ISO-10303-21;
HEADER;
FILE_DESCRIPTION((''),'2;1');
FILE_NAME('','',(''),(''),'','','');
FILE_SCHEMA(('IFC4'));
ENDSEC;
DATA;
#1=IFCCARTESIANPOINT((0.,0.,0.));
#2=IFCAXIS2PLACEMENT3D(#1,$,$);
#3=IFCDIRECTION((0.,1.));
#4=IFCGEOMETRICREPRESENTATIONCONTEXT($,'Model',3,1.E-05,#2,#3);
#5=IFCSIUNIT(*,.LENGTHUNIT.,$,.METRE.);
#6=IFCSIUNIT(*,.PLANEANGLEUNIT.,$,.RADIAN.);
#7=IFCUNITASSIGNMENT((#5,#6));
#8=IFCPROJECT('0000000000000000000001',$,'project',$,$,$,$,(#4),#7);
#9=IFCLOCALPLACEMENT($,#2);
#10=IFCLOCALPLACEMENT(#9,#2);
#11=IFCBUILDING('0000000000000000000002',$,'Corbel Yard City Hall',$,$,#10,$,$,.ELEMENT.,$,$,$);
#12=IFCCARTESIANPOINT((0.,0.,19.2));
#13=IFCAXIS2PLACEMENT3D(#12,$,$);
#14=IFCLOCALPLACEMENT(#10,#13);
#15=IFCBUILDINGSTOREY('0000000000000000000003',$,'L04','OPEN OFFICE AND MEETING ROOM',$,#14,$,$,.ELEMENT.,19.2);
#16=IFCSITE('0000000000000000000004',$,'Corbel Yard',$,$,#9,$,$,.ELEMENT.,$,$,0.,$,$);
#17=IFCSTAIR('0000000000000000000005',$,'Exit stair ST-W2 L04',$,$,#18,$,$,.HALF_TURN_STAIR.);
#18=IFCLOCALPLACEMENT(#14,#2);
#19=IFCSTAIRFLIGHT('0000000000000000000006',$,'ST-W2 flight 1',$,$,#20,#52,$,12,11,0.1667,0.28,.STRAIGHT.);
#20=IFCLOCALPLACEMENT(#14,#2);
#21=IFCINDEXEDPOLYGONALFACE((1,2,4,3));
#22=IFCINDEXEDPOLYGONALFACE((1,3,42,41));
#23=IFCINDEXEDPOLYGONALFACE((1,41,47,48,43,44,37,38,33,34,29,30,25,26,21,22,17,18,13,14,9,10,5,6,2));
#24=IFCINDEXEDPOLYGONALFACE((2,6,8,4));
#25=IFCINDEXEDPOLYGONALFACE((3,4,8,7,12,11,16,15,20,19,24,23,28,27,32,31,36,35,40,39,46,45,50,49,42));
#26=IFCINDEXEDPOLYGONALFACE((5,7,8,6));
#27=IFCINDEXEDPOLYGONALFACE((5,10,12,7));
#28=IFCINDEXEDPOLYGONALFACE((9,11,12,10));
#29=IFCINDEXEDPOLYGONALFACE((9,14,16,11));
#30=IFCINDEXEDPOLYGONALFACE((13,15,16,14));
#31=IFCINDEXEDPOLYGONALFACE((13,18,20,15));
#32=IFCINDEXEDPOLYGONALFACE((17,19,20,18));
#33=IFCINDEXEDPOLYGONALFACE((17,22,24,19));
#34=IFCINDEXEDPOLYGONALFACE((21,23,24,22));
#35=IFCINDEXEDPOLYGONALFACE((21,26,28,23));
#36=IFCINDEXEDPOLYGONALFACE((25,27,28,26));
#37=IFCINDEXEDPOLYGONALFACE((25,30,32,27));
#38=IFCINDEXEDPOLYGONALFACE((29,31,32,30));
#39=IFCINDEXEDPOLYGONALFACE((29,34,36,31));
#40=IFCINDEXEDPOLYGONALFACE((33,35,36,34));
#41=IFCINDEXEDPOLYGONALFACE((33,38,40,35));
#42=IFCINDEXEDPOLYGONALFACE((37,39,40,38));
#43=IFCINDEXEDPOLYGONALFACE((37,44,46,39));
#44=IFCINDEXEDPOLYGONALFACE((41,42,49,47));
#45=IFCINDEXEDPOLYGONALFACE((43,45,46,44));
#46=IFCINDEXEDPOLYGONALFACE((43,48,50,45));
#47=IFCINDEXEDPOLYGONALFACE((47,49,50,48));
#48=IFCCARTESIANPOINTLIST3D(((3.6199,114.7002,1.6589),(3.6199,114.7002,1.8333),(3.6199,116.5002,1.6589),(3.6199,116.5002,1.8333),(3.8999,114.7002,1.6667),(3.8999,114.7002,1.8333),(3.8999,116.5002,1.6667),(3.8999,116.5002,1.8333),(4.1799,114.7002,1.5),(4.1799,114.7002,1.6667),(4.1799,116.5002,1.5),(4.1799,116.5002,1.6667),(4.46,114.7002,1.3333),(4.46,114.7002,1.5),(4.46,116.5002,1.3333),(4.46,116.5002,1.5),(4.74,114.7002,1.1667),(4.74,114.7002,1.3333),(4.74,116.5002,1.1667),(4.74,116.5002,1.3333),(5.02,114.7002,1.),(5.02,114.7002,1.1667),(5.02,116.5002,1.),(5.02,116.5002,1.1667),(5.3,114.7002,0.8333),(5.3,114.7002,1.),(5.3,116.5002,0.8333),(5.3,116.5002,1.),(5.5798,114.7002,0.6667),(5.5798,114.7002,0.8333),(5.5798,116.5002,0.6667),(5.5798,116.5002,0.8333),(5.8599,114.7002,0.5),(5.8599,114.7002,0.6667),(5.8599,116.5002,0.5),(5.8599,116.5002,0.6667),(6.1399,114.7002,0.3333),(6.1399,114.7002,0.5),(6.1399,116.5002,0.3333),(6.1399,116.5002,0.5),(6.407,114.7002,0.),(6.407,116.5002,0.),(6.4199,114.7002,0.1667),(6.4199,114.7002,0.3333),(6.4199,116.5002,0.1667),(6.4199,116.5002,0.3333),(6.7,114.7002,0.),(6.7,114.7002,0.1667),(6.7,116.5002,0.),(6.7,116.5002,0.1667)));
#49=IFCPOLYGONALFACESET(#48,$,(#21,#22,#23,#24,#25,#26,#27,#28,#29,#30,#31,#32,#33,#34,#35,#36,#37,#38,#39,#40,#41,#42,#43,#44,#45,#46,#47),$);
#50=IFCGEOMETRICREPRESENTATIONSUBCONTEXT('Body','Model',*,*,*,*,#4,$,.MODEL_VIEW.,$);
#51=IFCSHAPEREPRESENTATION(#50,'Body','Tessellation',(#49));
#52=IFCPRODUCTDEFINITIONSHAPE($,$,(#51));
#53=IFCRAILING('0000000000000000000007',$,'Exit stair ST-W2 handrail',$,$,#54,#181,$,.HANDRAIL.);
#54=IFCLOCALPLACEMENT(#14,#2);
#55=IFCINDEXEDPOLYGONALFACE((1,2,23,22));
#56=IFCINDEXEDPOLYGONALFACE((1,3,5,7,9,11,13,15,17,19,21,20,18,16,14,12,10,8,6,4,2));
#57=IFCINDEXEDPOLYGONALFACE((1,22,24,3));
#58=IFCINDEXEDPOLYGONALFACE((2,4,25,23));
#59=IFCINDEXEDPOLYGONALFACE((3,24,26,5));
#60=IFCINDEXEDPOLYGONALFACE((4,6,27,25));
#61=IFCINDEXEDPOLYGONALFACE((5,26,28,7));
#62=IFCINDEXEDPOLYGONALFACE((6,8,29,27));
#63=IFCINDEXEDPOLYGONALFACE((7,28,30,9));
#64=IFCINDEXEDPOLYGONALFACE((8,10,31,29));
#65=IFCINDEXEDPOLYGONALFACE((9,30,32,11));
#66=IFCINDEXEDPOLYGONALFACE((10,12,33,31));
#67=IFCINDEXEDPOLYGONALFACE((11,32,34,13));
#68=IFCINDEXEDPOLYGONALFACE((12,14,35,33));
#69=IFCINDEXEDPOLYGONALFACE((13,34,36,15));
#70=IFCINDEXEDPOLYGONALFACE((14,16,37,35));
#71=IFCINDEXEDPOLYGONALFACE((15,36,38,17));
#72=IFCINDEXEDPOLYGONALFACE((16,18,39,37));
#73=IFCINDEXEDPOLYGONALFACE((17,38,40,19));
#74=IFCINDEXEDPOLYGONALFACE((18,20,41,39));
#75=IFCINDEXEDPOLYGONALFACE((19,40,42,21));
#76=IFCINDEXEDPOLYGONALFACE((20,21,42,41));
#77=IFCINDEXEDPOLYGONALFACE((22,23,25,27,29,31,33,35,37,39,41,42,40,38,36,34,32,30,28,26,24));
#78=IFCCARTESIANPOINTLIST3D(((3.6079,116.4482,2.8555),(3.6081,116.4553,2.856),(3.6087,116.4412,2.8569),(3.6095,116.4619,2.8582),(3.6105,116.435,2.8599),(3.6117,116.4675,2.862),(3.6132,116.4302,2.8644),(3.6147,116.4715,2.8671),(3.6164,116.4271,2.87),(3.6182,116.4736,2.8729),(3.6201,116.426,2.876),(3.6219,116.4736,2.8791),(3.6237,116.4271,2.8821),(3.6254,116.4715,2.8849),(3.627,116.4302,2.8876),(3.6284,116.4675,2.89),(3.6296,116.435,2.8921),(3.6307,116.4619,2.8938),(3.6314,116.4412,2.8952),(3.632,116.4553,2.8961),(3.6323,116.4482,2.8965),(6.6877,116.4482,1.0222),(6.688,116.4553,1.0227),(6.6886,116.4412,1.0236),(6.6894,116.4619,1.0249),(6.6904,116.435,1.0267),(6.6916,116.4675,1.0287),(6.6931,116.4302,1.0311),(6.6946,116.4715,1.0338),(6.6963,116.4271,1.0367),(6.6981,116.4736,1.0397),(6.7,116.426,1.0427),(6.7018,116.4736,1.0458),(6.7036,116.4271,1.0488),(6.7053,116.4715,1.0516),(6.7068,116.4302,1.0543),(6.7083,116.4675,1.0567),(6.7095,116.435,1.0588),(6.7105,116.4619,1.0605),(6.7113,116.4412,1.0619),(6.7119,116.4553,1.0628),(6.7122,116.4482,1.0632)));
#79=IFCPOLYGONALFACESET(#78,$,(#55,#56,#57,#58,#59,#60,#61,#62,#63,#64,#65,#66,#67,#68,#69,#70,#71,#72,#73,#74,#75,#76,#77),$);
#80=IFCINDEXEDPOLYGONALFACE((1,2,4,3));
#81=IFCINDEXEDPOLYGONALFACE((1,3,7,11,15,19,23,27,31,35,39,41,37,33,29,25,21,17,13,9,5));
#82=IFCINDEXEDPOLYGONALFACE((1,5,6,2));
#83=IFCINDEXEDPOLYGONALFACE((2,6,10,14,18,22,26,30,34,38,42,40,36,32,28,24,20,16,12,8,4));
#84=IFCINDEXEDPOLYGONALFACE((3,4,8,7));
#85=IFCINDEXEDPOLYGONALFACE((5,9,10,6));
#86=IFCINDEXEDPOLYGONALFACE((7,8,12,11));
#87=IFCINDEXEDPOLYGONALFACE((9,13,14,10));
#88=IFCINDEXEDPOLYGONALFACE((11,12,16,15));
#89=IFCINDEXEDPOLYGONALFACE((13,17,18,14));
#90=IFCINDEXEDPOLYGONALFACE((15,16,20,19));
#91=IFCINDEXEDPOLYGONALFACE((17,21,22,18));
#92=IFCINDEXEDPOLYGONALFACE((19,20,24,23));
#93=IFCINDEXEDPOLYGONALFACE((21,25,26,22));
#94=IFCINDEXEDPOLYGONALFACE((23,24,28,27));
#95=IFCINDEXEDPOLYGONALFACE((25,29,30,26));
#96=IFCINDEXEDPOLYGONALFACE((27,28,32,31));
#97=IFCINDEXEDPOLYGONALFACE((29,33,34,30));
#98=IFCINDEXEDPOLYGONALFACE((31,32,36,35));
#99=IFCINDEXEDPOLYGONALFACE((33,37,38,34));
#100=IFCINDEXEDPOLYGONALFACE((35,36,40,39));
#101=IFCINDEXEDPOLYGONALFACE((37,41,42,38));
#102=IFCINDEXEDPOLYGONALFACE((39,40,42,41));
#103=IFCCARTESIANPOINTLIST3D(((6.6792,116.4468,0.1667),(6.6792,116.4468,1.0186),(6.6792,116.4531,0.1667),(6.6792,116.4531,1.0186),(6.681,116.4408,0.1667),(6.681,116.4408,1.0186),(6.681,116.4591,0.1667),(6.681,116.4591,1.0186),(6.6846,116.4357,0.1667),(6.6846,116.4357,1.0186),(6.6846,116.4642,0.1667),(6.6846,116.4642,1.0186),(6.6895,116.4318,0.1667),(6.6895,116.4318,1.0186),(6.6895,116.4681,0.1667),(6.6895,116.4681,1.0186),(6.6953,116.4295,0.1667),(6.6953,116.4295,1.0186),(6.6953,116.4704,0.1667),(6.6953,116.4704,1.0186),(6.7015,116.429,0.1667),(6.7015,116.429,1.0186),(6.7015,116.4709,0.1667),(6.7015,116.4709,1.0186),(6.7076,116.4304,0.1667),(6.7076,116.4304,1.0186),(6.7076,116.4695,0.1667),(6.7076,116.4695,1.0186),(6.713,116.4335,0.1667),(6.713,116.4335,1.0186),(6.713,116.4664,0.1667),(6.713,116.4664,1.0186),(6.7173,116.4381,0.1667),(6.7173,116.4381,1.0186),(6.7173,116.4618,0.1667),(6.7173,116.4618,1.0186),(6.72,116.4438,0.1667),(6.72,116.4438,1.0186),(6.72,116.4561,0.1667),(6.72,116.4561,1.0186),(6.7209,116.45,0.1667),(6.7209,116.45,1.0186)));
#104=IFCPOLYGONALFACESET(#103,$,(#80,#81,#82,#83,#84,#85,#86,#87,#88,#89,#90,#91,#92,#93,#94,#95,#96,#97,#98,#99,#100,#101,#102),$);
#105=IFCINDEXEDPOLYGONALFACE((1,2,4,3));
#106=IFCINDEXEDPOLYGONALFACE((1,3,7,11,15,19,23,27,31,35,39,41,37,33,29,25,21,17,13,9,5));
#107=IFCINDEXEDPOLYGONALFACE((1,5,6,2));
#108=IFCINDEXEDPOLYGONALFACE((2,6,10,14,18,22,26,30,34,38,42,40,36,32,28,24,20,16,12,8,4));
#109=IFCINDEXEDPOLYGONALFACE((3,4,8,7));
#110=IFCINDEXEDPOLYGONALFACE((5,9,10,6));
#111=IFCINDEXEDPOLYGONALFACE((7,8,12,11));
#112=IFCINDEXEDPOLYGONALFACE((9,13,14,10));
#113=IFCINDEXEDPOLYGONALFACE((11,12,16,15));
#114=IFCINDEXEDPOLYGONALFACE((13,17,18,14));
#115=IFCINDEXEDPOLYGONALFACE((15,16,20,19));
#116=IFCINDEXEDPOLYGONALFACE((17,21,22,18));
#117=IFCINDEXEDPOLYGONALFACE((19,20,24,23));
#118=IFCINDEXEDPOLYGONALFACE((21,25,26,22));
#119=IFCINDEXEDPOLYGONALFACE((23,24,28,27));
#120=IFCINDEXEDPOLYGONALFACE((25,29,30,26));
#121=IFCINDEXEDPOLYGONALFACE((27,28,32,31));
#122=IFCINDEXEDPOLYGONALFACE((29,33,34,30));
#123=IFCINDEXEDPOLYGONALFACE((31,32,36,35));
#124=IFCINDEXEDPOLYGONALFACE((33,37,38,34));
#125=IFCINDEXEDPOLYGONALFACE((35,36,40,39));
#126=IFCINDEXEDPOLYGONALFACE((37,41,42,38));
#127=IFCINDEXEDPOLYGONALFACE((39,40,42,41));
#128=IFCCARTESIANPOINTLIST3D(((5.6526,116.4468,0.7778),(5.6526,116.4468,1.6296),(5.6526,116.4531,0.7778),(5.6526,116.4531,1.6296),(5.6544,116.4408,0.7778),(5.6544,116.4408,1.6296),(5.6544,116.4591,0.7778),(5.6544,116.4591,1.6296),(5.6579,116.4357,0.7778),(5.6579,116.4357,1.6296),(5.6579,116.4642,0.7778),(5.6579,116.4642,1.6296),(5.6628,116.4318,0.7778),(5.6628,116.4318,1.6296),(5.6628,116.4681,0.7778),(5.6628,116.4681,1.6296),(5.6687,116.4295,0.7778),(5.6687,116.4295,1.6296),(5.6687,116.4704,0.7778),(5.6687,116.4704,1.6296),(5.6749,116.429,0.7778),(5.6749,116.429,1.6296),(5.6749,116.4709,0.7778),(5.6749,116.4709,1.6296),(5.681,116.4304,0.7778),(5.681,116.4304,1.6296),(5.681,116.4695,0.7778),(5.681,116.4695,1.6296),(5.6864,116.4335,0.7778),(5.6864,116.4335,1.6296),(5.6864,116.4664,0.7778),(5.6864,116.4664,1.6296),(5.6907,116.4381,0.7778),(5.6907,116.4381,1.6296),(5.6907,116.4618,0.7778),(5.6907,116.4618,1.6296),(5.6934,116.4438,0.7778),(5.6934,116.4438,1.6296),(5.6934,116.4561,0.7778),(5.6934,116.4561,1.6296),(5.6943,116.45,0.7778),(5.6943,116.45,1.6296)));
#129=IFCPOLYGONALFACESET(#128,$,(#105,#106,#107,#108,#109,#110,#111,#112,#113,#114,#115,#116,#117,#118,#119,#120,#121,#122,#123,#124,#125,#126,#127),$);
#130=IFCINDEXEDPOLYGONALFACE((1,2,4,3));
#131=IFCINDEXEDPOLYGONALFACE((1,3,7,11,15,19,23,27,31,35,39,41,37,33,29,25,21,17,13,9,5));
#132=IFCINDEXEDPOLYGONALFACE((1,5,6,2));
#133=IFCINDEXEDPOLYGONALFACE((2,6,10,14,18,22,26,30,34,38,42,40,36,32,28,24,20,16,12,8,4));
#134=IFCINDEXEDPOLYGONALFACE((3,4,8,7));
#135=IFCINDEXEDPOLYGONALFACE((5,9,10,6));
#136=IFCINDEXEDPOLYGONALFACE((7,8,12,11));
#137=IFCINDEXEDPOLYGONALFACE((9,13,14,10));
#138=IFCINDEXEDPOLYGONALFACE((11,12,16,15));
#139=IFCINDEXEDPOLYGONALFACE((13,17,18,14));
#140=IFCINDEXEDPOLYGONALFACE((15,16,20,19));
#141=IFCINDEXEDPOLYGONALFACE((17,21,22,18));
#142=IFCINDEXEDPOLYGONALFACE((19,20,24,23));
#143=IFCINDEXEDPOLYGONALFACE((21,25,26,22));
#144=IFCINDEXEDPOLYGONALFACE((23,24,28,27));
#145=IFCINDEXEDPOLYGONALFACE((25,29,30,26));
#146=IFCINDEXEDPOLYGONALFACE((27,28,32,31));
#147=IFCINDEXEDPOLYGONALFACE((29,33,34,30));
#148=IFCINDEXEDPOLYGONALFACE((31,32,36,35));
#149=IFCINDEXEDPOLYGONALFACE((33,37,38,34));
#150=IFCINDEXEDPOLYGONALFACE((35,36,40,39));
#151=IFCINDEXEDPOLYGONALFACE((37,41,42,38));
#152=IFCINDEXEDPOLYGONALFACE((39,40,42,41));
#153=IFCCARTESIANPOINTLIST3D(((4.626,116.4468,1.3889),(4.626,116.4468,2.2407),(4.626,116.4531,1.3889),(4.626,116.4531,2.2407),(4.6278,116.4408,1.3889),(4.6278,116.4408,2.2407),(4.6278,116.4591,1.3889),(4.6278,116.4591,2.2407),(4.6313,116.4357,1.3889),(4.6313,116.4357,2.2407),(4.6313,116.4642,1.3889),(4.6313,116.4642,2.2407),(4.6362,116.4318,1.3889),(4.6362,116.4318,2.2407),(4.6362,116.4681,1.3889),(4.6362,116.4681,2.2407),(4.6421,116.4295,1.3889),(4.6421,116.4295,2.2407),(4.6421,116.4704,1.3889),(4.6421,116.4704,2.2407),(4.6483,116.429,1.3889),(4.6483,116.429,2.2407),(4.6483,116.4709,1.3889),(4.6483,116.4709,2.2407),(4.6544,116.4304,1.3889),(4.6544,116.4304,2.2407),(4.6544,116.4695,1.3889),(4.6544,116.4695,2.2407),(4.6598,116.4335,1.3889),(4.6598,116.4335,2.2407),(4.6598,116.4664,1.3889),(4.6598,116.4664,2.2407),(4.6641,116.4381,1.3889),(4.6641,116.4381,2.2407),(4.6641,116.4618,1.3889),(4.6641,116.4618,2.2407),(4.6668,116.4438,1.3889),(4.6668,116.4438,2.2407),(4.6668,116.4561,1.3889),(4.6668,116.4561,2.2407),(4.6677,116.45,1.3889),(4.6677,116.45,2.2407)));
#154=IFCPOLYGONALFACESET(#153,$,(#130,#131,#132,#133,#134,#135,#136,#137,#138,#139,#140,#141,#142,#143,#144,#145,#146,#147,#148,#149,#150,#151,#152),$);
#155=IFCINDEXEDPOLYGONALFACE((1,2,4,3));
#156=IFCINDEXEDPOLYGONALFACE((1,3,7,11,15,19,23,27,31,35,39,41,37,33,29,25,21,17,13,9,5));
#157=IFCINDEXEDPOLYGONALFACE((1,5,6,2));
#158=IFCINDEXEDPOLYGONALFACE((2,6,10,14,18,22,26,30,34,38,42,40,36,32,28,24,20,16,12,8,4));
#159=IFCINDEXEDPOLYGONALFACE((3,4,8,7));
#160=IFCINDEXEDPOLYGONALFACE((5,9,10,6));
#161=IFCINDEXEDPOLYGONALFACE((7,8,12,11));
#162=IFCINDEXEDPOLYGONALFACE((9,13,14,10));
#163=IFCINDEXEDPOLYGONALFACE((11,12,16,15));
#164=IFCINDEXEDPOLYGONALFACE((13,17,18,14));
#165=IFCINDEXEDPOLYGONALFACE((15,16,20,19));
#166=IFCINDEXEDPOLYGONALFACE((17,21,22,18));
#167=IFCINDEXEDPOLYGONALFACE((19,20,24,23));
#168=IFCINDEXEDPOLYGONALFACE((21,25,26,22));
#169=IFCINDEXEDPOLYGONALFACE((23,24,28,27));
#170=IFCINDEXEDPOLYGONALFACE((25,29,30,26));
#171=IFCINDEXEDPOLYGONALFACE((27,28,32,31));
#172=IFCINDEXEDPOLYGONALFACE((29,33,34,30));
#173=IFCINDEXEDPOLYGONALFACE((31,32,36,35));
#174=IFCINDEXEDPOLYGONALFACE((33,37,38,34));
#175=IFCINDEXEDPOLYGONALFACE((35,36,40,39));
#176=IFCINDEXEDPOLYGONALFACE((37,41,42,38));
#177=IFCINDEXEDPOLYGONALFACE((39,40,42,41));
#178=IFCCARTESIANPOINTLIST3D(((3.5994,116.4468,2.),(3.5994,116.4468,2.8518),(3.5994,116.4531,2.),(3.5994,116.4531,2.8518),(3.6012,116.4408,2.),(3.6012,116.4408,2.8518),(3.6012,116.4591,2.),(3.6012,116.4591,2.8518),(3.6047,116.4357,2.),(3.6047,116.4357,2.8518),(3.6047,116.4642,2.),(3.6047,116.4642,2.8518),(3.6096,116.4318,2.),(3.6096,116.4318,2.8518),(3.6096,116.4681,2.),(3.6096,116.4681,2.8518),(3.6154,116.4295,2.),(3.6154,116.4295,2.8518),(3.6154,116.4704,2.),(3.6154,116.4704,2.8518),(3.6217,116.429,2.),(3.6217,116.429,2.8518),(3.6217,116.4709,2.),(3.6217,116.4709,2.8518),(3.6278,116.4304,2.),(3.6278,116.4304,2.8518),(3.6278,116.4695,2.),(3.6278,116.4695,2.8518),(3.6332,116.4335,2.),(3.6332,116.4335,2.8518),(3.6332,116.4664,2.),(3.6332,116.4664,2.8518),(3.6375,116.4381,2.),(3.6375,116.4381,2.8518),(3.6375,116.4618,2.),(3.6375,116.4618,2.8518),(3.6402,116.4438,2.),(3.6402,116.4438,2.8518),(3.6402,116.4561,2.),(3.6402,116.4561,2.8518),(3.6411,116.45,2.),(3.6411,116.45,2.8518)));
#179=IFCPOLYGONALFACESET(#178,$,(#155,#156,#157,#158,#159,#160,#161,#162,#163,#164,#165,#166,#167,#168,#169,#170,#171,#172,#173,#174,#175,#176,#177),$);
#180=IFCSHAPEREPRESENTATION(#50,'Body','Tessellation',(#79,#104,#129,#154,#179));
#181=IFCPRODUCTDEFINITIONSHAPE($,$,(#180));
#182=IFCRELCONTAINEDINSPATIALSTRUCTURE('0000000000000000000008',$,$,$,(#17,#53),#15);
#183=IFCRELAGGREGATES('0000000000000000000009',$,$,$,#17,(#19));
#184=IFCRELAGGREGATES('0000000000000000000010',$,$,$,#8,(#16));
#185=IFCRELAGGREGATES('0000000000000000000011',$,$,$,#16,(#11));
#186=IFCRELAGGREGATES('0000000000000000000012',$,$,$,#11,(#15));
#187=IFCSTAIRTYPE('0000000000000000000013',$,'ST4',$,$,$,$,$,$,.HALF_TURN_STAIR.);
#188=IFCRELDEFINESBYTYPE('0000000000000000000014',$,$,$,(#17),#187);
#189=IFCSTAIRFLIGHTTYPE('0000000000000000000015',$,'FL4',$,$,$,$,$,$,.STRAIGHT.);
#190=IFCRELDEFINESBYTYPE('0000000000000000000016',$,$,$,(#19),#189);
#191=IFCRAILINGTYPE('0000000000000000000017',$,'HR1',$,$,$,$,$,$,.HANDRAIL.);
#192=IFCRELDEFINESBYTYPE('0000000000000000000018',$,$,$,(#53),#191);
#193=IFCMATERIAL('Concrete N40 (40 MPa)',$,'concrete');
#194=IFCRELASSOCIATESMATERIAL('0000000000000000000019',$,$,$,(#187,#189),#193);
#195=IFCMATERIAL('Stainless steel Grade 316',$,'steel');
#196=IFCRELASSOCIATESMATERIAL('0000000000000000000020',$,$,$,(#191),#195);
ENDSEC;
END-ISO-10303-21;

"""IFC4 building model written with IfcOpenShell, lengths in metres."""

from ifc_helpers import new_model, si_unit, direction, frame, origin, origin_2d, place, context, subcontext, project, spatial, polyline, circle, outline, extrude, material, type_object, element, aggregate, save


model = new_model("IFC4")

# Units and contexts
model_context = context("Model", 3, precision=1e-05, world=origin(), true_north=direction((0.0, 1.0)))
body_context = subcontext(model_context, "Body", "Model", "MODEL_VIEW")
ifc_project = project(units=[si_unit("LENGTHUNIT", "METRE"), si_unit("PLANEANGLEUNIT", "RADIAN")], contexts=[model_context])

# Site, building, storey
site_placement = place(None, origin())
site = spatial("IfcSite", under=ifc_project, at=site_placement, Name="Corbel Yard", CompositionType="ELEMENT", RefElevation=0.0)
building_placement = place(site_placement, origin())
building = spatial("IfcBuilding", under=site, at=building_placement, Name="Corbel Yard City Hall", CompositionType="ELEMENT")
storey_placement = place(building_placement, frame((0.0, 0.0, 19.2)))
storey = spatial("IfcBuildingStorey", under=building, at=storey_placement, Name="L04", Description="OPEN OFFICE AND MEETING ROOM", CompositionType="ELEMENT", Elevation=19.2)

# Stair, stair flight
ifc_material_1 = material(Name="Concrete N40 (40 MPa)", Category="concrete")
stair_type = type_object("IfcStairType", Name="ST4", PredefinedType="HALF_TURN_STAIR", material=ifc_material_1)
stair_placement = place(storey_placement, origin())
stair = element("IfcStair", 1, at=stair_placement, inside=storey, type_object=stair_type, Name="Exit stair ST-W2 L04", PredefinedType="HALF_TURN_STAIR")
stair_flight_type = type_object("IfcStairFlightType", Name="FL4", PredefinedType="STRAIGHT", material=ifc_material_1)
stair_flight_placement = place(storey_placement, frame((6.7, 115.6001, 0.0), z_axis=(0.0, 0.0, 1.0), x_axis=(-1.0, 0.0, 0.0)))
stair_flight = element("IfcStairFlight", 2, at=stair_flight_placement, type_object=stair_flight_type, Name="ST-W2 flight 1", NumberOfRisers=12, NumberOfTreads=11, PredefinedType="STRAIGHT", RiserHeight=0.1667, TreadLength=0.28, context=body_context, shape_type="SweptSolid", body=[
    extrude(outline(polyline([(0.0, 0.0), (0.0, 0.1667), (0.28, 0.1667), (0.28, 0.3333), (0.5601, 0.3333), (0.5601, 0.5), (0.8401, 0.5), (0.8401, 0.6667), (1.1201, 0.6667), (1.1201, 0.8333), (1.3999, 0.8333), (1.3999, 1.0), (1.6799, 1.0), (1.6799, 1.1667), (1.96, 1.1667), (1.96, 1.3333), (2.24, 1.3333), (2.24, 1.5), (2.52, 1.5), (2.52, 1.6667), (2.8, 1.6667), (2.8, 1.8333), (3.0801, 1.8333), (3.0801, 2.0), (3.0801, 1.6589), (0.293, 0.0), (0.0, 0.0)])), frame((0.0, 0.8999, 0.0), z_axis=(0.0, -1.0, 0.0), x_axis=(1.0, 0.0, 0.0)), (0.0, 0.0, 1.0), 1.8),
])
aggregate(stair, [stair_flight])

# Railing
ifc_material_2 = material(Name="Stainless steel Grade 316", Category="steel")
railing_type = type_object("IfcRailingType", Name="HR1", PredefinedType="HANDRAIL", material=ifc_material_2)
for number, where, name in (
    (3, (6.7, 116.45, 0.1667), "Exit stair ST-W2 handrail"),
):
    element("IfcRailing", number, at=place(storey_placement, frame(where)), inside=storey, type_object=railing_type, Name=name, PredefinedType="HANDRAIL", context=body_context, shape_type="SweptSolid", body=[
        extrude(circle(Radius=0.0239, at=origin_2d()), frame((0.0, 0.0, 0.876), z_axis=(-0.859291, 0.0, 0.511487), x_axis=(0.0, -1.0, 0.0)), (0.0, 0.0, 1.0), 3.5842),
        extrude(circle(Radius=0.021, at=origin_2d()), origin(), (0.0, 0.0, 1.0), 0.8518),
        extrude(circle(Radius=0.021, at=origin_2d()), frame((-1.0266, 0.0, 0.6111)), (0.0, 0.0, 1.0), 0.8518),
        extrude(circle(Radius=0.021, at=origin_2d()), frame((-2.0532, 0.0, 1.2222)), (0.0, 0.0, 1.0), 0.8518),
        extrude(circle(Radius=0.021, at=origin_2d()), frame((-3.0798, 0.0, 1.8333)), (0.0, 0.0, 1.0), 0.8518),
    ])

save(model, "model.ifc")
